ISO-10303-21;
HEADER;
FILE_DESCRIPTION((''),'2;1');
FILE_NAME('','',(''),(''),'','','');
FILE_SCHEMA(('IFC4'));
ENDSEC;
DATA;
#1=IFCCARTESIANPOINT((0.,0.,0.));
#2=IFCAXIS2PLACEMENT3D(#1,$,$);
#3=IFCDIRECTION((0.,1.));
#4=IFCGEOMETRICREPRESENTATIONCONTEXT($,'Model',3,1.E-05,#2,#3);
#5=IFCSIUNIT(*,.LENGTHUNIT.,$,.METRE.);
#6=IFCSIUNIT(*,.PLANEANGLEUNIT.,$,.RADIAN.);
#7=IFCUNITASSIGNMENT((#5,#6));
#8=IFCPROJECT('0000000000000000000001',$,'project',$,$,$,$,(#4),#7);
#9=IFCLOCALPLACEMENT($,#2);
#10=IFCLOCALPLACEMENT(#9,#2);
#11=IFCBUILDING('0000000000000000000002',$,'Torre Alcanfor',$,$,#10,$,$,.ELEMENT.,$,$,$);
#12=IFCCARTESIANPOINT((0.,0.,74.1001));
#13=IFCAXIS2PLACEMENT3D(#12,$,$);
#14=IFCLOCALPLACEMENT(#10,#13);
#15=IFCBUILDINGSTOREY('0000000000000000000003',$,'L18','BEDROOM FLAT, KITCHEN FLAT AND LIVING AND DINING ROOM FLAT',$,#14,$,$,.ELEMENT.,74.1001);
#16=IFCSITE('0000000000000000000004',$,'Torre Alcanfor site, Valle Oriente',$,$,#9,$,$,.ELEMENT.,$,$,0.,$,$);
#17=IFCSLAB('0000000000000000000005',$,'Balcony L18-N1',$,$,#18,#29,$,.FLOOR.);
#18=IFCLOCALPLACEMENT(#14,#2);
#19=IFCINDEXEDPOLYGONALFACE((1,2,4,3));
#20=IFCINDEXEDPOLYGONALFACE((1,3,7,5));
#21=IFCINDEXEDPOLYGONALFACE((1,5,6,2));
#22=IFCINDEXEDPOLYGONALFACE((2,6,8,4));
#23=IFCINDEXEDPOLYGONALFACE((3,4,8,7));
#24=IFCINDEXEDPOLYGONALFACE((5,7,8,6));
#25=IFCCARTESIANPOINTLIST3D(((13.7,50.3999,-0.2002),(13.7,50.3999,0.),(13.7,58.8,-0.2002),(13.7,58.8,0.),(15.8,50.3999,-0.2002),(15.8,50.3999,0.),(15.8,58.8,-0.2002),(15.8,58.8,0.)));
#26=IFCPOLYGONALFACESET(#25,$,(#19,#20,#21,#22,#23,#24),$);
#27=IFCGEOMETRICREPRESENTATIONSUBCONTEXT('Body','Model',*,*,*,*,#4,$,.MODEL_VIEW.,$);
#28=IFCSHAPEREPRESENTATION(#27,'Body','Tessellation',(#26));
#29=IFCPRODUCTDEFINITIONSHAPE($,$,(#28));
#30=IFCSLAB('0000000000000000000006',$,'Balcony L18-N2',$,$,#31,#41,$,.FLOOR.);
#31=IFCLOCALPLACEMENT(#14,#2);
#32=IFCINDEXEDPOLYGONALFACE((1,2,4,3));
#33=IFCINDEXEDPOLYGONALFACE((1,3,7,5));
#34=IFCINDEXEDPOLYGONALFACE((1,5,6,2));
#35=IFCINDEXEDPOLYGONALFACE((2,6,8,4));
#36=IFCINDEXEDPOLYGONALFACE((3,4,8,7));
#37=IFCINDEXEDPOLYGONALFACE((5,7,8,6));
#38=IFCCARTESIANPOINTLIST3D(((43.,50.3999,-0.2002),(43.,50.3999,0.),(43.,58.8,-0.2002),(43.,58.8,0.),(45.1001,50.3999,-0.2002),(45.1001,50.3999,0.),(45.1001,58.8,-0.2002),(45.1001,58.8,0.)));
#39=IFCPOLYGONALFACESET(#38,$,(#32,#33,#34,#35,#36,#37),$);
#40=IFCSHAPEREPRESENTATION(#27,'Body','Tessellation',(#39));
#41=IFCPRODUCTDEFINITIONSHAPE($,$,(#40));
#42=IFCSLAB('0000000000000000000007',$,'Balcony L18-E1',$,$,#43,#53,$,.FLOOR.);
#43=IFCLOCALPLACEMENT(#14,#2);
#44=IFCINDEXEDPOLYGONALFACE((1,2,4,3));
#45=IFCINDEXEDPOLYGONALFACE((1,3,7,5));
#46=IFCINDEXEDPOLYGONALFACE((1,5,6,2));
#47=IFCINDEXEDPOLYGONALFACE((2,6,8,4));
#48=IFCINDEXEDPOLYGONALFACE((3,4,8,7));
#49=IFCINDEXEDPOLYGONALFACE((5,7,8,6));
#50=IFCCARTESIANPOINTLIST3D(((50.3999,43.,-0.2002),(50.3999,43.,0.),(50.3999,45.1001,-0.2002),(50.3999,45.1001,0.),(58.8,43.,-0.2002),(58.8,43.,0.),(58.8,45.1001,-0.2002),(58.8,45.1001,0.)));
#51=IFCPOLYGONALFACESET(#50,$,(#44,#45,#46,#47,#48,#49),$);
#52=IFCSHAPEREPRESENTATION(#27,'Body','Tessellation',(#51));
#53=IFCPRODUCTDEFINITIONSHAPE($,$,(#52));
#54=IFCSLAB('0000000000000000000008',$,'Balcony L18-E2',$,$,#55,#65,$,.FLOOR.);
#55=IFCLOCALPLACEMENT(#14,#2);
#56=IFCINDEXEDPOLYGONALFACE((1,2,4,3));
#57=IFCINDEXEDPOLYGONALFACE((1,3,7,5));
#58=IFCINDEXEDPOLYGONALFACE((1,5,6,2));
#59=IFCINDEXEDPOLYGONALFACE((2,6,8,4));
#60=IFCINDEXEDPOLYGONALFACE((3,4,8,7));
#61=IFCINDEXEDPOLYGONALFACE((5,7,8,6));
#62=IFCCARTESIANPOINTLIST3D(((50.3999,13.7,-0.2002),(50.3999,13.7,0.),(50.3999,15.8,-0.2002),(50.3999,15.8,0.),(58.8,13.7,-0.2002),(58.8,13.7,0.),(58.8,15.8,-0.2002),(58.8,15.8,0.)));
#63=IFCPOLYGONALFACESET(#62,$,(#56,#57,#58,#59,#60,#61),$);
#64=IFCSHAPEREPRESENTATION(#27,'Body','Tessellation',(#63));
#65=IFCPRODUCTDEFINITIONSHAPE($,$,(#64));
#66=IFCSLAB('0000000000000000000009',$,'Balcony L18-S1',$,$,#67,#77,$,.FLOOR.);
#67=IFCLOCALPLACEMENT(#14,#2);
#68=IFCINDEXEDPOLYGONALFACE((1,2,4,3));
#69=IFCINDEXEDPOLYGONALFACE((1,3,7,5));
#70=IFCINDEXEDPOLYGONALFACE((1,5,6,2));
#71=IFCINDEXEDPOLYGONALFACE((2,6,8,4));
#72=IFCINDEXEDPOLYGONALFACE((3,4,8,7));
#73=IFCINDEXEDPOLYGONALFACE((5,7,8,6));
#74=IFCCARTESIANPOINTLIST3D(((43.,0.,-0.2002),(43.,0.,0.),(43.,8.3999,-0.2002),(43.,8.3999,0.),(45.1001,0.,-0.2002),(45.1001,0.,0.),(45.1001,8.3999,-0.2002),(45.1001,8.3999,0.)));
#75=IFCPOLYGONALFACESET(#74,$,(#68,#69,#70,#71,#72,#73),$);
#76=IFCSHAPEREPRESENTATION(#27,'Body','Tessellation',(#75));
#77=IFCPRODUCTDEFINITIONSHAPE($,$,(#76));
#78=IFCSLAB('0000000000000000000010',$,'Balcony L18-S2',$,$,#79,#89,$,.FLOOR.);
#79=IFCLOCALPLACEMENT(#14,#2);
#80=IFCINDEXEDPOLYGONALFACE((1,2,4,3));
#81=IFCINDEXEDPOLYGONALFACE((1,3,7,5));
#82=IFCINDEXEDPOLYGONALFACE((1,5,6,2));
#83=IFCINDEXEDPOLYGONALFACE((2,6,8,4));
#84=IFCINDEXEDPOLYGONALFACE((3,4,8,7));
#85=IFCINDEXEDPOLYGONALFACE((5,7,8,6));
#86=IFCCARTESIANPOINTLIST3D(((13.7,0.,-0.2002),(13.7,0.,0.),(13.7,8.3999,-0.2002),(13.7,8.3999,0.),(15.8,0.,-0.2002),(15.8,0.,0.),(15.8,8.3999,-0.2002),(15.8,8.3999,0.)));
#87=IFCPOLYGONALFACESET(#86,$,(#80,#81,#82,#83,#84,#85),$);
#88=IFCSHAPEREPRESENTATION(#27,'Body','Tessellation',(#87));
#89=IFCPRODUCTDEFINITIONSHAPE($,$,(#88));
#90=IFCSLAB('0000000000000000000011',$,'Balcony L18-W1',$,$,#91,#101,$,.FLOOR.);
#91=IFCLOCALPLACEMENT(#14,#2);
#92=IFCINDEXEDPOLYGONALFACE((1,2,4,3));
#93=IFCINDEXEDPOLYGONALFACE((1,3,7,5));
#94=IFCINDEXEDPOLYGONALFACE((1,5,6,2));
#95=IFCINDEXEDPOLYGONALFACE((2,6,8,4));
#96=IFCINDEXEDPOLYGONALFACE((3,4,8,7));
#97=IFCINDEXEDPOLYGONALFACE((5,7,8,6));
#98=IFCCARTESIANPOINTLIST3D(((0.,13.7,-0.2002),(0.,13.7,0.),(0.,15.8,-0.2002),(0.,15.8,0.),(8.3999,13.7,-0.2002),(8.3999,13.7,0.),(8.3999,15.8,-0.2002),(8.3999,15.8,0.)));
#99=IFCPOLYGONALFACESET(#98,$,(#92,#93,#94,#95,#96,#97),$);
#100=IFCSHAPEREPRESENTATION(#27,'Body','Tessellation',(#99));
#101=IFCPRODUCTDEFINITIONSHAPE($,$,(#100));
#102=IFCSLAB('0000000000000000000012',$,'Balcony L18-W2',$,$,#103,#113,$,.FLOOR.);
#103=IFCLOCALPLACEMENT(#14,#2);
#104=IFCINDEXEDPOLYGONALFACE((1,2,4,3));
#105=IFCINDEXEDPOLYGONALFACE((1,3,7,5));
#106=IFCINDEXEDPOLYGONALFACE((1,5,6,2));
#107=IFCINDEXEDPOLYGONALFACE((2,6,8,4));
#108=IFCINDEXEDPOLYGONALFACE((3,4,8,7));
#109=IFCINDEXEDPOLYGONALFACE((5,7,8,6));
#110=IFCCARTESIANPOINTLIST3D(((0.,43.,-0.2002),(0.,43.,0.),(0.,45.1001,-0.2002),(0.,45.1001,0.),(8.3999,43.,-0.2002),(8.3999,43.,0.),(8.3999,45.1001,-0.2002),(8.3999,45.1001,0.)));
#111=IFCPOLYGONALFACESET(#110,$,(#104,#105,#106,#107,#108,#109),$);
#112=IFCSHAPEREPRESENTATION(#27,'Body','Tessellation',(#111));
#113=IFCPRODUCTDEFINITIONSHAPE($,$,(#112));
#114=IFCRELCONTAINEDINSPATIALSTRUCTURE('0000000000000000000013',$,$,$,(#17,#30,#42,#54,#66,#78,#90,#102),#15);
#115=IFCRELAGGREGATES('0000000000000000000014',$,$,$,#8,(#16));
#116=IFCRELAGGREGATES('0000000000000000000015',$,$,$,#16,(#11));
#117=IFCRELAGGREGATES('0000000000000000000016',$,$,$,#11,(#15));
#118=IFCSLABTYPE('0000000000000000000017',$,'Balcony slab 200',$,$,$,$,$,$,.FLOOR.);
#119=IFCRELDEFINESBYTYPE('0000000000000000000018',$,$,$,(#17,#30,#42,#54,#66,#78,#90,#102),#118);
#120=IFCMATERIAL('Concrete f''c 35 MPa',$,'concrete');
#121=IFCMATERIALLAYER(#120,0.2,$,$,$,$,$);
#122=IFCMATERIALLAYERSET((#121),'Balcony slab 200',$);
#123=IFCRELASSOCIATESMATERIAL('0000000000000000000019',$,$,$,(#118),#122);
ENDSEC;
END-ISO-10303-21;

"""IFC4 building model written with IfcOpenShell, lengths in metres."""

from ifc_helpers import new_model, si_unit, direction, frame, origin, place, context, subcontext, project, spatial, polyline, outline, extrude, material, layer, layer_set, type_object, element, save


model = new_model("IFC4")

# Units and contexts
model_context = context("Model", 3, precision=1e-05, world=origin(), true_north=direction((0.0, 1.0)))
body_context = subcontext(model_context, "Body", "Model", "MODEL_VIEW")
ifc_project = project(units=[si_unit("LENGTHUNIT", "METRE"), si_unit("PLANEANGLEUNIT", "RADIAN")], contexts=[model_context])

# Site, building, storey
site_placement = place(None, origin())
site = spatial("IfcSite", under=ifc_project, at=site_placement, Name="Torre Alcanfor site, Valle Oriente", CompositionType="ELEMENT", RefElevation=0.0)
building_placement = place(site_placement, origin())
building = spatial("IfcBuilding", under=site, at=building_placement, Name="Torre Alcanfor", CompositionType="ELEMENT")
storey_placement = place(building_placement, frame((0.0, 0.0, 74.1001)))
storey = spatial("IfcBuildingStorey", under=building, at=storey_placement, Name="L18", Description="BEDROOM FLAT, KITCHEN FLAT AND LIVING AND DINING ROOM FLAT", CompositionType="ELEMENT", Elevation=74.1001)

# Slabs
ifc_material_1 = material(Name="Concrete f'c 35 MPa", Category="concrete")
ifc_layer_1 = layer(ifc_material_1, 0.2)
ifc_layer_set_1 = layer_set([ifc_layer_1], Name="Balcony slab 200")
slab_type_1 = type_object("IfcSlabType", Name="Balcony slab 200", PredefinedType="FLOOR", material=ifc_layer_set_1)
slab_1_placement = place(storey_placement, frame((0.0, 0.0, -0.2002)))
element("IfcSlab", 1, at=slab_1_placement, inside=storey, type_object=slab_type_1, Name="Balcony L18-N1", PredefinedType="FLOOR", context=body_context, shape_type="SweptSolid", body=[
    extrude(outline(polyline([(15.8, 50.3999), (15.8, 58.8), (13.7, 58.8), (13.7, 50.3999), (15.8, 50.3999)])), origin(), (0.0, 0.0, 1.0), 0.2002),
])
slab_2_placement = place(storey_placement, frame((0.0, 0.0, -0.2002)))
element("IfcSlab", 2, at=slab_2_placement, inside=storey, type_object=slab_type_1, Name="Balcony L18-N2", PredefinedType="FLOOR", context=body_context, shape_type="SweptSolid", body=[
    extrude(outline(polyline([(45.1001, 50.3999), (45.1001, 58.8), (43.0, 58.8), (43.0, 50.3999), (45.1001, 50.3999)])), origin(), (0.0, 0.0, 1.0), 0.2002),
])
slab_3_placement = place(storey_placement, frame((0.0, 0.0, -0.2002)))
element("IfcSlab", 3, at=slab_3_placement, inside=storey, type_object=slab_type_1, Name="Balcony L18-E1", PredefinedType="FLOOR", context=body_context, shape_type="SweptSolid", body=[
    extrude(outline(polyline([(50.3999, 43.0), (58.8, 43.0), (58.8, 45.1001), (50.3999, 45.1001), (50.3999, 43.0)])), origin(), (0.0, 0.0, 1.0), 0.2002),
])
slab_4_placement = place(storey_placement, frame((0.0, 0.0, -0.2002)))
element("IfcSlab", 4, at=slab_4_placement, inside=storey, type_object=slab_type_1, Name="Balcony L18-E2", PredefinedType="FLOOR", context=body_context, shape_type="SweptSolid", body=[
    extrude(outline(polyline([(50.3999, 13.7), (58.8, 13.7), (58.8, 15.8), (50.3999, 15.8), (50.3999, 13.7)])), origin(), (0.0, 0.0, 1.0), 0.2002),
])
slab_5_placement = place(storey_placement, frame((0.0, 0.0, -0.2002)))
element("IfcSlab", 5, at=slab_5_placement, inside=storey, type_object=slab_type_1, Name="Balcony L18-S1", PredefinedType="FLOOR", context=body_context, shape_type="SweptSolid", body=[
    extrude(outline(polyline([(43.0, 8.3999), (43.0, 0.0), (45.1001, 0.0), (45.1001, 8.3999), (43.0, 8.3999)])), origin(), (0.0, 0.0, 1.0), 0.2002),
])
slab_6_placement = place(storey_placement, frame((0.0, 0.0, -0.2002)))
element("IfcSlab", 6, at=slab_6_placement, inside=storey, type_object=slab_type_1, Name="Balcony L18-S2", PredefinedType="FLOOR", context=body_context, shape_type="SweptSolid", body=[
    extrude(outline(polyline([(13.7, 8.3999), (13.7, 0.0), (15.8, 0.0), (15.8, 8.3999), (13.7, 8.3999)])), origin(), (0.0, 0.0, 1.0), 0.2002),
])
slab_7_placement = place(storey_placement, frame((0.0, 0.0, -0.2002)))
element("IfcSlab", 7, at=slab_7_placement, inside=storey, type_object=slab_type_1, Name="Balcony L18-W1", PredefinedType="FLOOR", context=body_context, shape_type="SweptSolid", body=[
    extrude(outline(polyline([(8.3999, 15.8), (0.0, 15.8), (0.0, 13.7), (8.3999, 13.7), (8.3999, 15.8)])), origin(), (0.0, 0.0, 1.0), 0.2002),
])
slab_8_placement = place(storey_placement, frame((0.0, 0.0, -0.2002)))
element("IfcSlab", 8, at=slab_8_placement, inside=storey, type_object=slab_type_1, Name="Balcony L18-W2", PredefinedType="FLOOR", context=body_context, shape_type="SweptSolid", body=[
    extrude(outline(polyline([(8.3999, 45.1001), (0.0, 45.1001), (0.0, 43.0), (8.3999, 43.0), (8.3999, 45.1001)])), origin(), (0.0, 0.0, 1.0), 0.2002),
])

save(model, "model.ifc")
